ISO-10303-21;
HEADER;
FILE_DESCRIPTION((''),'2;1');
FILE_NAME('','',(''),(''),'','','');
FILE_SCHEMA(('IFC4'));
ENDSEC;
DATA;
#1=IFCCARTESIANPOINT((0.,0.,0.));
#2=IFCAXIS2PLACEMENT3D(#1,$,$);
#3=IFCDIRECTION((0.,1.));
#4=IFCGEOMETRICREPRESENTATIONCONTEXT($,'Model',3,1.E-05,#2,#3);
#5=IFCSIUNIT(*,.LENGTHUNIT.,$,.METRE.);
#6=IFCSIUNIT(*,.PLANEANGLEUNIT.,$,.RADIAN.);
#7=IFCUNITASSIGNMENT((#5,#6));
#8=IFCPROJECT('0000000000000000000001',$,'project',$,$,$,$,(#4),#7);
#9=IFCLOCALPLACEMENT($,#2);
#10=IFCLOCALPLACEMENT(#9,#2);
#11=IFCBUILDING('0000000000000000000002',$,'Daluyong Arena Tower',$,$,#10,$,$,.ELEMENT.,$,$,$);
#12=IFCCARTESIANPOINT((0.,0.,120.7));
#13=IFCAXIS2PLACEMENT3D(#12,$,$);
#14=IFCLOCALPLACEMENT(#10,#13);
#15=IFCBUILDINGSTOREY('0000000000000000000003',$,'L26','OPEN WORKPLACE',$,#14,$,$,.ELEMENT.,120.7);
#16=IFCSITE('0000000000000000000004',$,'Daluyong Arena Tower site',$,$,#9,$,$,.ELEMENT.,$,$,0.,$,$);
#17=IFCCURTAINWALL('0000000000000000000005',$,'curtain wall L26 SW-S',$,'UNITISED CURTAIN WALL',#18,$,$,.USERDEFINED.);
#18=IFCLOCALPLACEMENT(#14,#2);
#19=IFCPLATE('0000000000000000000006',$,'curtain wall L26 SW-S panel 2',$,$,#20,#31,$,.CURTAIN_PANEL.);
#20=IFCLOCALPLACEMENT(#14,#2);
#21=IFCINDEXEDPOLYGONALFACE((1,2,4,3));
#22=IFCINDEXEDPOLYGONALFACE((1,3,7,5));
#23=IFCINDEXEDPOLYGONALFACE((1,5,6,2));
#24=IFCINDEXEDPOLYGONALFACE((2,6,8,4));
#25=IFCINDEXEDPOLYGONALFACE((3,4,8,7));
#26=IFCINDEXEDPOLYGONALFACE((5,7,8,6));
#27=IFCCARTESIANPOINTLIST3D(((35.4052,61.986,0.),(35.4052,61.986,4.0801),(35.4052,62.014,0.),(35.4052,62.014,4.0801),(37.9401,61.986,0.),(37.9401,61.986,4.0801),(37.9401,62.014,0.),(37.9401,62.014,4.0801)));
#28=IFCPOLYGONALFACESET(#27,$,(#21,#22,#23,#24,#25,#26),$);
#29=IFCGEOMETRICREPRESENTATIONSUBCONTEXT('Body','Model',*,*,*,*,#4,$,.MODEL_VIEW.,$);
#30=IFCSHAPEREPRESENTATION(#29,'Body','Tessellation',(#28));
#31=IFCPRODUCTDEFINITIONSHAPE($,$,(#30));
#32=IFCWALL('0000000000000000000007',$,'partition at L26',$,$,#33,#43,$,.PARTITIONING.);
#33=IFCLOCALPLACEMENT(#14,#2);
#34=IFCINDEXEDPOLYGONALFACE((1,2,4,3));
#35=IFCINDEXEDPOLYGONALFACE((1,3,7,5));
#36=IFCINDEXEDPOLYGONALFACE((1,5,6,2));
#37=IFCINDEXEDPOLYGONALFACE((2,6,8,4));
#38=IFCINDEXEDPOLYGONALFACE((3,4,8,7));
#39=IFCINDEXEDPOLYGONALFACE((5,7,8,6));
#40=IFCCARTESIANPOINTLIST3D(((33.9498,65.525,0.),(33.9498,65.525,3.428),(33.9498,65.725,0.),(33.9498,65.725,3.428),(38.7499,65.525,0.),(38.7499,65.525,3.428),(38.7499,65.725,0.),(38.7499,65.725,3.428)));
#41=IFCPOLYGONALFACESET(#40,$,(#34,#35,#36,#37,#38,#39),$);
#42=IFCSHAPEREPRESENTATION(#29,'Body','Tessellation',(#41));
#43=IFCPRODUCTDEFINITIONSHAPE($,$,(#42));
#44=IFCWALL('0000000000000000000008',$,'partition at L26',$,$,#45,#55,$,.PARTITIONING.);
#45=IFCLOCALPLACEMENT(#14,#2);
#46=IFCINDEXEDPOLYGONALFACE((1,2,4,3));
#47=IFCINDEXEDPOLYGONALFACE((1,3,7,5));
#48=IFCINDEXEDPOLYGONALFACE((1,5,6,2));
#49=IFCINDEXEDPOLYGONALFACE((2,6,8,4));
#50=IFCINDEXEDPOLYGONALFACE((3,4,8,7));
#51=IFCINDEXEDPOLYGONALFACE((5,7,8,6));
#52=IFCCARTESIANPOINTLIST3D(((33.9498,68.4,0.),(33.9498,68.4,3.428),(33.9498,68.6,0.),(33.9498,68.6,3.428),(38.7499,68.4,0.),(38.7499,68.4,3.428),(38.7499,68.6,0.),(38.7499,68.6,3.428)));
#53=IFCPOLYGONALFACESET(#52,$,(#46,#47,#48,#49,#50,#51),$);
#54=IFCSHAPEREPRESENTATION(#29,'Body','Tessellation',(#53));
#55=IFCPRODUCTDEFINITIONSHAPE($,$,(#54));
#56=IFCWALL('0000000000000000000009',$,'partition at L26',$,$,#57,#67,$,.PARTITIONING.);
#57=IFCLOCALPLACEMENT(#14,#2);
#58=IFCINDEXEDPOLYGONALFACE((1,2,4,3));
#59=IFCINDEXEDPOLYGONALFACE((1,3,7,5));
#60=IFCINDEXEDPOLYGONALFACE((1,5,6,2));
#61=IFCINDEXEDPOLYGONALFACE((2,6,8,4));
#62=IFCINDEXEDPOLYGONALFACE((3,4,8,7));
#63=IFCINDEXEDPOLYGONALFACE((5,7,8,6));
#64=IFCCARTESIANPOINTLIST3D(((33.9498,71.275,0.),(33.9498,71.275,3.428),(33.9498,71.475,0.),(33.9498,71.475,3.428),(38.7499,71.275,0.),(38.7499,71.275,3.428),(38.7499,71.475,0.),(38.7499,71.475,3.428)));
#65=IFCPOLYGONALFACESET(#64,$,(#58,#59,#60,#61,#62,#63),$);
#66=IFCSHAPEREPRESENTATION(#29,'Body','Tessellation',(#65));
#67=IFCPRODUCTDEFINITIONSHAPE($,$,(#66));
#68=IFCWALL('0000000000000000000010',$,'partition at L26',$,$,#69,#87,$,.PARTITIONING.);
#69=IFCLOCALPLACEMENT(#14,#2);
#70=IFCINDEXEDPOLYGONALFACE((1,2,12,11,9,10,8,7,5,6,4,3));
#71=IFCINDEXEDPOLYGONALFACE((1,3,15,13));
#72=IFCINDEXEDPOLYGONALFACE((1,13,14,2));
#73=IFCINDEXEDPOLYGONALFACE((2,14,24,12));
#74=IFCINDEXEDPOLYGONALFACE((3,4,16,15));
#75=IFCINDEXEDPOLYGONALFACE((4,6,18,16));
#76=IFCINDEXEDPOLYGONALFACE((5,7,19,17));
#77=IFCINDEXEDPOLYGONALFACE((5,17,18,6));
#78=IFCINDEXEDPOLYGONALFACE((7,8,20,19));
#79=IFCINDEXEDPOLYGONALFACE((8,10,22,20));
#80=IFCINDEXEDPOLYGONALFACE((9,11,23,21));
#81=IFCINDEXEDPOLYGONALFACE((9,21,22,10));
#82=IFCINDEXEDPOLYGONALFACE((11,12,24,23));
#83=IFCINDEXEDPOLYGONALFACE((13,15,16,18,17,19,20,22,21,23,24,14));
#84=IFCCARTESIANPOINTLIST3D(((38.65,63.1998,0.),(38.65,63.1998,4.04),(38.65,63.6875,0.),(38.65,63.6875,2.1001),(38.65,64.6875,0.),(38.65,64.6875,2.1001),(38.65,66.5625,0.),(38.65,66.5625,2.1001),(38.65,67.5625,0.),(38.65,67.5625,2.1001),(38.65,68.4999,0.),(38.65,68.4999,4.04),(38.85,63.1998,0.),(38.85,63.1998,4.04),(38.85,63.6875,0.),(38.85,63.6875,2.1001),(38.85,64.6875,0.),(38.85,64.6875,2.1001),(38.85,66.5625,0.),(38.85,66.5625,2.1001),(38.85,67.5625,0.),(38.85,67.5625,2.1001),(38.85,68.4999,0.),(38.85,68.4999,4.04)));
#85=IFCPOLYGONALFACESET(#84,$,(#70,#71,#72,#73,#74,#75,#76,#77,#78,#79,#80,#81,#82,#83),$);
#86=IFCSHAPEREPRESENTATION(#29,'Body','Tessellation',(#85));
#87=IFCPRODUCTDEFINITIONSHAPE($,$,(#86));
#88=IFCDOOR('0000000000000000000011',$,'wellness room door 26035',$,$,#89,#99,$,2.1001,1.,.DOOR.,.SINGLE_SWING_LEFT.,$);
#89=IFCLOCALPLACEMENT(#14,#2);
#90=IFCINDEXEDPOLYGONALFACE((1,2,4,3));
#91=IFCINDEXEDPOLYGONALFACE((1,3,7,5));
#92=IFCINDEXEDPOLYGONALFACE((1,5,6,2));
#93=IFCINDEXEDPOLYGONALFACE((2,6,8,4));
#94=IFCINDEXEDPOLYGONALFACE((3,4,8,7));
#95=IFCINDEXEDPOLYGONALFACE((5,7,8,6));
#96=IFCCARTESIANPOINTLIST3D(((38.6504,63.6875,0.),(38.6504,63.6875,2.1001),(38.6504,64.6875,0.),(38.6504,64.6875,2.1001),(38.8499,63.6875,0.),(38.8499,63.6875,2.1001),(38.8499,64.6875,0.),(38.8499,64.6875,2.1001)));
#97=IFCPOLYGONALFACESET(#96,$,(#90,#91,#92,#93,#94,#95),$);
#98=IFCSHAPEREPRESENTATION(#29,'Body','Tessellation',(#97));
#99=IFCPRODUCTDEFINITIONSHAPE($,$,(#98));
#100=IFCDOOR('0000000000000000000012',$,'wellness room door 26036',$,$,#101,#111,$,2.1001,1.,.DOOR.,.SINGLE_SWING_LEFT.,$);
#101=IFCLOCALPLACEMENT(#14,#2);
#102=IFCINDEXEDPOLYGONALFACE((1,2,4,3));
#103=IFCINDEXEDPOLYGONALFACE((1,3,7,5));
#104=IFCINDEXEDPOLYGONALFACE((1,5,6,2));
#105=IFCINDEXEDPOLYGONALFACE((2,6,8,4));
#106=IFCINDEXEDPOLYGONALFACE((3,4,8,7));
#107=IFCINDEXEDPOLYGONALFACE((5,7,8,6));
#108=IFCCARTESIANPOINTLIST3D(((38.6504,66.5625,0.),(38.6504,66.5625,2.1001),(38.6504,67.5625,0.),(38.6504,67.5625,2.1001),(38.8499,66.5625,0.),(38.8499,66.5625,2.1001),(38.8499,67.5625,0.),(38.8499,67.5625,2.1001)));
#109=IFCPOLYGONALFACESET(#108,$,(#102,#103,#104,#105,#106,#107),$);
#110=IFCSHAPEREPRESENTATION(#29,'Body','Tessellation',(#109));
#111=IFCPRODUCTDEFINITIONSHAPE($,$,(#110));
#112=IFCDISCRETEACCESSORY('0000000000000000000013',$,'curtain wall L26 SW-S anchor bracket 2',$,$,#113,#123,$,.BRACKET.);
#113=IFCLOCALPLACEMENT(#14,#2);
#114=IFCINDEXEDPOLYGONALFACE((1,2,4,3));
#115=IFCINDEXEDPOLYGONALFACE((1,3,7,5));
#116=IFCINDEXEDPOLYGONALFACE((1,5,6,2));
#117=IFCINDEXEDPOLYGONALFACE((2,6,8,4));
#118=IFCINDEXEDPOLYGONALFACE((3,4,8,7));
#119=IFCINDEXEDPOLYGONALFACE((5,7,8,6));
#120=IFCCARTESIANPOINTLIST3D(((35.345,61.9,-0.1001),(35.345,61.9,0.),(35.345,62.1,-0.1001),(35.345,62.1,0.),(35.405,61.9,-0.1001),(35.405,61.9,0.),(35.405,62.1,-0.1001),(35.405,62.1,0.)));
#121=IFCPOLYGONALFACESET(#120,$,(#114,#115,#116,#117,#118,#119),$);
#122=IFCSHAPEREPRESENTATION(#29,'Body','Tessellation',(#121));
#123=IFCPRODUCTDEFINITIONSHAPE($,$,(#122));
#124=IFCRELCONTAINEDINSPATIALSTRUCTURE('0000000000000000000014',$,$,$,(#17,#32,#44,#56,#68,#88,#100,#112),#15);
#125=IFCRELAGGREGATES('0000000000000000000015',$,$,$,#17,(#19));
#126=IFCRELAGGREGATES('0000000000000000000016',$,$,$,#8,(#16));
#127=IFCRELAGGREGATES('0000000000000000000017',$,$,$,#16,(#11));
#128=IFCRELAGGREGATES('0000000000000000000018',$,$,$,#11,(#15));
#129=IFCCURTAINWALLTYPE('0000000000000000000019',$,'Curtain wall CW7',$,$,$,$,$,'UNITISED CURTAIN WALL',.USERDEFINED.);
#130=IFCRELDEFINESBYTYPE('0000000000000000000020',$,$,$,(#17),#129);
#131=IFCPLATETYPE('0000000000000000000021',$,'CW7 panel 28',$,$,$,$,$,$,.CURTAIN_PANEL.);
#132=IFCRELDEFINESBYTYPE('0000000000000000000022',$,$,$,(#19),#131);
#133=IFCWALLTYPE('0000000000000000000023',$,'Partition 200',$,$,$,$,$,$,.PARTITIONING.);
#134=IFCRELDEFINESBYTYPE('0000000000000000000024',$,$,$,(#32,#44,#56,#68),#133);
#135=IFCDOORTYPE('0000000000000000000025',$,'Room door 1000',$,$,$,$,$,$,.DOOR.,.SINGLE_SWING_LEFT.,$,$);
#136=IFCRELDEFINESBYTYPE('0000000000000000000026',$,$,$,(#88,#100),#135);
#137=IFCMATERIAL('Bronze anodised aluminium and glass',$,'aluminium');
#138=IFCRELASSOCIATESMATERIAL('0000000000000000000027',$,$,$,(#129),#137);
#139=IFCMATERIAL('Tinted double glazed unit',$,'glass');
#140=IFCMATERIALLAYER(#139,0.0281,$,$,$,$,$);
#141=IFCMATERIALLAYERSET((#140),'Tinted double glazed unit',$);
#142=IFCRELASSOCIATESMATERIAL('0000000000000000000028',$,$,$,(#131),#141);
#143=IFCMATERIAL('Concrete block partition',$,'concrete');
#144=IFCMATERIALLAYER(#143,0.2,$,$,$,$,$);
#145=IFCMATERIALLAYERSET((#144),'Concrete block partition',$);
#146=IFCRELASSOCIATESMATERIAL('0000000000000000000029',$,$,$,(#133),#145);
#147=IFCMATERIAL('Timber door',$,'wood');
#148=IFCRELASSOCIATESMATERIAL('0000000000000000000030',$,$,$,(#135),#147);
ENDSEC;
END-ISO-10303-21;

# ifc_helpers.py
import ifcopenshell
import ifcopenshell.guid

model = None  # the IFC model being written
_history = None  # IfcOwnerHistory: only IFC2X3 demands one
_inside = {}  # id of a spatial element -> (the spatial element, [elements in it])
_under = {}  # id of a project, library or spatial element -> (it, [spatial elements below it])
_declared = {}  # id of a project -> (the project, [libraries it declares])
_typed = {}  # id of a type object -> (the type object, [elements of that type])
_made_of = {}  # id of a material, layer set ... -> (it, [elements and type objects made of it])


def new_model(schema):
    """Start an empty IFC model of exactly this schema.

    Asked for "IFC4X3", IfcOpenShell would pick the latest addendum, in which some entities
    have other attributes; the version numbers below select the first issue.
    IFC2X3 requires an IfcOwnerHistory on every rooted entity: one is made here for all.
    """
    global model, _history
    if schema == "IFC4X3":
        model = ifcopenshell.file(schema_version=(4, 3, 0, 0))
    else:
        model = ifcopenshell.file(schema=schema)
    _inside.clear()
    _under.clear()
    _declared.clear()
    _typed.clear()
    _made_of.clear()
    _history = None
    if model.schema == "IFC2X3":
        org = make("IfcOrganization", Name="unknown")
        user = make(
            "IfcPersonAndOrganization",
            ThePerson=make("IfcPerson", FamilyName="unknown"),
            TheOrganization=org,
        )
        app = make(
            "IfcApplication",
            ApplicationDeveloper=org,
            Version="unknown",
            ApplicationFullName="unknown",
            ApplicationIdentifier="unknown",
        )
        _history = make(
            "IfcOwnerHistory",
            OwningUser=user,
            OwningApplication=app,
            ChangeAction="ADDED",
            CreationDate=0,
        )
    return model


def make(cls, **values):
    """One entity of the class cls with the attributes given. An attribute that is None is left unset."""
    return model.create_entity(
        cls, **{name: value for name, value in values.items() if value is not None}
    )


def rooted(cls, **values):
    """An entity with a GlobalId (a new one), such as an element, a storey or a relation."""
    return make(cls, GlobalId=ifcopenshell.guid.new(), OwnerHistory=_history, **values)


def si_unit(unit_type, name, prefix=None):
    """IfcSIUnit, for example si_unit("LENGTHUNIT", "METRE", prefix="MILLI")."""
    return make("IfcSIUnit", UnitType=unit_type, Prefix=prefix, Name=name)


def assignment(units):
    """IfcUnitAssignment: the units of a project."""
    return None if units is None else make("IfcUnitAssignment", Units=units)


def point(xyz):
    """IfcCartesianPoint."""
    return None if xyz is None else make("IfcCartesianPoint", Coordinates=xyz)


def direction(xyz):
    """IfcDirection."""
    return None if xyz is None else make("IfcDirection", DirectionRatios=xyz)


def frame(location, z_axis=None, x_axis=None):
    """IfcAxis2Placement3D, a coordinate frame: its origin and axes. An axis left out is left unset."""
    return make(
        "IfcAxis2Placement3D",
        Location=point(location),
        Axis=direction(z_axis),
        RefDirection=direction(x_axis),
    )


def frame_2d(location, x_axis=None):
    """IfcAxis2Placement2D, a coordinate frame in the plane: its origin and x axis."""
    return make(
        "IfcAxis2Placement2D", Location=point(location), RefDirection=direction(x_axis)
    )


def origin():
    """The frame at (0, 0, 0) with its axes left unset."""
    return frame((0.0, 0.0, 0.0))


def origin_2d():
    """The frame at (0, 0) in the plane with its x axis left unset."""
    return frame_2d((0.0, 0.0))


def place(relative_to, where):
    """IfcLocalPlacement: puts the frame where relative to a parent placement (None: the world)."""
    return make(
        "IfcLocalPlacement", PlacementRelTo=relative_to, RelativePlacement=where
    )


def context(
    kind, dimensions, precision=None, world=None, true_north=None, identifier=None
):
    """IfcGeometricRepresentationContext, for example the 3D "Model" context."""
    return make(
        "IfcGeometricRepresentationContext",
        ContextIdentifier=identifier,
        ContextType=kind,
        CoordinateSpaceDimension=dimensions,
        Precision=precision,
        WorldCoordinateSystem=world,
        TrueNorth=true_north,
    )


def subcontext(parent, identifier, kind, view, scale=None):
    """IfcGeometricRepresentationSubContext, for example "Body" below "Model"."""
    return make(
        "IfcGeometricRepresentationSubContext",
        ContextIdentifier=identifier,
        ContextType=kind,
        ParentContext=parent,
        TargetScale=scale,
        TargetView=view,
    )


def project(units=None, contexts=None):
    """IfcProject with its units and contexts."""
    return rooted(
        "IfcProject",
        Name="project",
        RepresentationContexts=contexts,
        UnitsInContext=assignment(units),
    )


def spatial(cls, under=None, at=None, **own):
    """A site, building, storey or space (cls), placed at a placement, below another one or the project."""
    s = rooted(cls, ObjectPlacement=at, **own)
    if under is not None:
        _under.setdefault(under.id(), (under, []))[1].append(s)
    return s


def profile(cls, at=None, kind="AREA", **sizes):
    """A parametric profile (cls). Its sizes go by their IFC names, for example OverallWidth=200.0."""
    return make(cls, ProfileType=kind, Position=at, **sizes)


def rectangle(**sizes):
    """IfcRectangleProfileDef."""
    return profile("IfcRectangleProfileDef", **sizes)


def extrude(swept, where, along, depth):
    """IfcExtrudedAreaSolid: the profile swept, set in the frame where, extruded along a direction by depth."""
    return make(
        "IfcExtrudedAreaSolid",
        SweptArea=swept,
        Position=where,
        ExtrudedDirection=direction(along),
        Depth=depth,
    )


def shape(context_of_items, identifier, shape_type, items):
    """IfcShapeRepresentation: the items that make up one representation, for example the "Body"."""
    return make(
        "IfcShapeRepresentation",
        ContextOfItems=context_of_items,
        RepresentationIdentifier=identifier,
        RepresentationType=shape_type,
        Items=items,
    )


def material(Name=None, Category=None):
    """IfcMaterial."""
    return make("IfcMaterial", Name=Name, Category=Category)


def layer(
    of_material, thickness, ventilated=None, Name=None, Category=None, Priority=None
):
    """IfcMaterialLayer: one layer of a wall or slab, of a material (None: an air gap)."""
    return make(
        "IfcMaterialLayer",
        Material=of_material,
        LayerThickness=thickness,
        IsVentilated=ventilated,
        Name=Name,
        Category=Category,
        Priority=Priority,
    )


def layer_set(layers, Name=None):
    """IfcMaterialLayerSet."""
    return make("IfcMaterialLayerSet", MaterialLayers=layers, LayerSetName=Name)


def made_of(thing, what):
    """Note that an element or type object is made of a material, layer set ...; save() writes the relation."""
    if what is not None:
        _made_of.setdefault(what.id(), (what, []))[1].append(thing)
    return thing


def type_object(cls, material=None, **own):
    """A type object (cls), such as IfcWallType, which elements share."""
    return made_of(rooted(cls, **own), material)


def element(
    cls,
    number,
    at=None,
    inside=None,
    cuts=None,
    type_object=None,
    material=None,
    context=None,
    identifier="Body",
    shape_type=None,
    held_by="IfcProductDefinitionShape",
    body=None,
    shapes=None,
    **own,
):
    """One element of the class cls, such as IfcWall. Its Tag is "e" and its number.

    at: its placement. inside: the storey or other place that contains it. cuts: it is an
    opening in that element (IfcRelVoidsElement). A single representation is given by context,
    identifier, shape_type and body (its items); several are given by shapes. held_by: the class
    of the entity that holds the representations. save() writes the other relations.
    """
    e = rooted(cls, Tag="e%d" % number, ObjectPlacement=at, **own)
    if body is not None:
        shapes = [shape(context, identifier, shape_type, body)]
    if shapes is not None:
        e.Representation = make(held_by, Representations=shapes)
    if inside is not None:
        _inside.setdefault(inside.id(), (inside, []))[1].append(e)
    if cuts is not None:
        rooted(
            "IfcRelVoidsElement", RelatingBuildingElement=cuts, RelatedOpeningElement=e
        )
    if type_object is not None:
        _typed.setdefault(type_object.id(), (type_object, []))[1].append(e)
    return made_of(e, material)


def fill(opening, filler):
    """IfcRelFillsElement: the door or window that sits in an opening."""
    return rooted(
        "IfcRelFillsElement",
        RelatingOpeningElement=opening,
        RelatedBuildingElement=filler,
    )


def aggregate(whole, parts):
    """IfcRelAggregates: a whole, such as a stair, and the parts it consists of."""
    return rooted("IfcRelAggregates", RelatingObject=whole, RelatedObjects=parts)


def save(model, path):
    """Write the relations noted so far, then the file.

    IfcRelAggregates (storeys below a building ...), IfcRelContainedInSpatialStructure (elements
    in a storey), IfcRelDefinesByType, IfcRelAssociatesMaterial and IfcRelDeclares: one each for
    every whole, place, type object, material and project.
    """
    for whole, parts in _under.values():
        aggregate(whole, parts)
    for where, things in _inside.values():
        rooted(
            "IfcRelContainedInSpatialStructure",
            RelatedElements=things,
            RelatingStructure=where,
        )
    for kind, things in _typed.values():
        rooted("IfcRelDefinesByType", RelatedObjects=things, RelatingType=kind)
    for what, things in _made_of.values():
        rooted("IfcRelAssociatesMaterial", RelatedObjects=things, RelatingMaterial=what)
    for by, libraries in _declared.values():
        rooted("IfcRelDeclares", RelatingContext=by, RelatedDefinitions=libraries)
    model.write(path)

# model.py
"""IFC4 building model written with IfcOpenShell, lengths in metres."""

from ifc_helpers import new_model, si_unit, direction, frame, frame_2d, origin, origin_2d, place, context, subcontext, project, spatial, rectangle, extrude, material, layer, layer_set, type_object, element, fill, aggregate, save


model = new_model("IFC4")

# Units and contexts
model_context = context("Model", 3, precision=1e-05, world=origin(), true_north=direction((0.0, 1.0)))
body_context = subcontext(model_context, "Body", "Model", "MODEL_VIEW")
ifc_project = project(units=[si_unit("LENGTHUNIT", "METRE"), si_unit("PLANEANGLEUNIT", "RADIAN")], contexts=[model_context])

# Site, building, storey
site_placement = place(None, origin())
site = spatial("IfcSite", under=ifc_project, at=site_placement, Name="Daluyong Arena Tower site", CompositionType="ELEMENT", RefElevation=0.0)
building_placement = place(site_placement, origin())
building = spatial("IfcBuilding", under=site, at=building_placement, Name="Daluyong Arena Tower", CompositionType="ELEMENT")
storey_placement = place(building_placement, frame((0.0, 0.0, 120.7)))
storey = spatial("IfcBuildingStorey", under=building, at=storey_placement, Name="L26", Description="OPEN WORKPLACE", CompositionType="ELEMENT", Elevation=120.7)

# Curtain wall
ifc_material_1 = material(Name="Bronze anodised aluminium and glass", Category="aluminium")
curtain_wall_type = type_object("IfcCurtainWallType", Name="Curtain wall CW7", ElementType="UNITISED CURTAIN WALL", PredefinedType="USERDEFINED", material=ifc_material_1)
curtain_wall_1_placement = place(storey_placement, origin())
curtain_wall_1 = element("IfcCurtainWall", 1, at=curtain_wall_1_placement, inside=storey, type_object=curtain_wall_type, Name="curtain wall L26 SW-S", ObjectType="UNITISED CURTAIN WALL", PredefinedType="USERDEFINED")

# Plate
ifc_material_2 = material(Name="Tinted double glazed unit", Category="glass")
ifc_layer_1 = layer(ifc_material_2, 0.0281)
ifc_layer_set_1 = layer_set([ifc_layer_1], Name="Tinted double glazed unit")
plate_type = type_object("IfcPlateType", Name="CW7 panel 28", PredefinedType="CURTAIN_PANEL", material=ifc_layer_set_1)
plate_1_placement = place(storey_placement, frame((36.6726, 62.0, 0.0), z_axis=(0.0, 0.0, 1.0), x_axis=(1.0, 0.0, 0.0)))
plate_1 = element("IfcPlate", 2, at=plate_1_placement, type_object=plate_type, Name="curtain wall L26 SW-S panel 2", PredefinedType="CURTAIN_PANEL", context=body_context, shape_type="SweptSolid", body=[
    extrude(rectangle(XDim=2.5349, YDim=0.0281, at=origin_2d()), origin(), (0.0, 0.0, 1.0), 4.0801),
])
aggregate(curtain_wall_1, [plate_1])

# Walls
ifc_material_3 = material(Name="Concrete block partition", Category="concrete")
ifc_layer_2 = layer(ifc_material_3, 0.2)
ifc_layer_set_2 = layer_set([ifc_layer_2], Name="Concrete block partition")
wall_type = type_object("IfcWallType", Name="Partition 200", PredefinedType="PARTITIONING", material=ifc_layer_set_2)
for number, where, z_axis, x_axis, name in (
    (3, (33.95, 65.625, 0.0), (0.0, 0.0, 1.0), (1.0, 0.0, 0.0), "partition at L26"),
    (4, (33.95, 68.5, 0.0), (0.0, 0.0, 1.0), (1.0, 0.0, 0.0), "partition at L26"),
    (5, (33.95, 71.375, 0.0), (0.0, 0.0, 1.0), (1.0, 0.0, 0.0), "partition at L26"),
):
    element("IfcWall", number, at=place(storey_placement, frame(where, z_axis=z_axis, x_axis=x_axis)), inside=storey, type_object=wall_type, Name=name, PredefinedType="PARTITIONING", context=body_context, shape_type="SweptSolid", body=[
        extrude(rectangle(XDim=4.8, YDim=0.2, at=frame_2d((2.3999, 0.0))), origin(), (0.0, 0.0, 1.0), 3.428),
    ])

# Wall, openings, doors
wall_placement = place(storey_placement, frame((38.75, 63.2, 0.0), z_axis=(0.0, 0.0, 1.0), x_axis=(0.0, 1.0, 0.0)))
wall = element("IfcWall", 6, at=wall_placement, inside=storey, type_object=wall_type, Name="partition at L26", PredefinedType="PARTITIONING", context=body_context, shape_type="SweptSolid", body=[
    extrude(rectangle(XDim=5.3, YDim=0.2, at=frame_2d((2.6499, 0.0))), origin(), (0.0, 0.0, 1.0), 4.04),
])
opening_1_placement = place(wall_placement, frame((0.4875, 0.0, 0.0)))
opening_1 = element("IfcOpeningElement", 7, at=opening_1_placement, cuts=wall, PredefinedType="OPENING", context=body_context, shape_type="SweptSolid", body=[
    extrude(rectangle(XDim=1.0, YDim=2.1001, at=frame_2d((0.5, 1.05))), frame((0.0, 0.1099, 0.0), z_axis=(0.0, -1.0, 0.0), x_axis=(1.0, 0.0, 0.0)), (0.0, 0.0, 1.0), 0.22),
])
opening_2_placement = place(wall_placement, frame((3.3625, 0.0, 0.0)))
opening_2 = element("IfcOpeningElement", 8, at=opening_2_placement, cuts=wall, PredefinedType="OPENING", context=body_context, shape_type="SweptSolid", body=[
    extrude(rectangle(XDim=1.0, YDim=2.1001, at=frame_2d((0.5, 1.05))), frame((0.0, 0.1099, 0.0), z_axis=(0.0, -1.0, 0.0), x_axis=(1.0, 0.0, 0.0)), (0.0, 0.0, 1.0), 0.22),
])
ifc_material_4 = material(Name="Timber door", Category="wood")
door_type = type_object("IfcDoorType", Name="Room door 1000", OperationType="SINGLE_SWING_LEFT", PredefinedType="DOOR", material=ifc_material_4)
door_1_placement = place(opening_1_placement, origin())
door_1 = element("IfcDoor", 9, at=door_1_placement, inside=storey, type_object=door_type, Name="wellness room door 26035", OperationType="SINGLE_SWING_LEFT", OverallHeight=2.1001, OverallWidth=1.0, PredefinedType="DOOR", context=body_context, shape_type="SweptSolid", body=[
    extrude(rectangle(XDim=1.0, YDim=2.1001, at=frame_2d((0.5, 1.05))), frame((0.0, 0.0996, 0.0), z_axis=(0.0, -1.0, 0.0), x_axis=(1.0, 0.0, 0.0)), (0.0, 0.0, 1.0), 0.1995),
])
fill(opening_1, door_1)
door_2_placement = place(opening_2_placement, origin())
door_2 = element("IfcDoor", 10, at=door_2_placement, inside=storey, type_object=door_type, Name="wellness room door 26036", OperationType="SINGLE_SWING_LEFT", OverallHeight=2.1001, OverallWidth=1.0, PredefinedType="DOOR", context=body_context, shape_type="SweptSolid", body=[
    extrude(rectangle(XDim=1.0, YDim=2.1001, at=frame_2d((0.5, 1.05))), frame((0.0, 0.0996, 0.0), z_axis=(0.0, -1.0, 0.0), x_axis=(1.0, 0.0, 0.0)), (0.0, 0.0, 1.0), 0.1995),
])
fill(opening_2, door_2)

# Discrete accessory
discrete_accessory_placement = place(storey_placement, frame((35.375, 62.0, -0.1001), z_axis=(0.0, 0.0, 1.0), x_axis=(1.0, 0.0, 0.0)))
element("IfcDiscreteAccessory", 11, at=discrete_accessory_placement, inside=storey, Name="curtain wall L26 SW-S anchor bracket 2", PredefinedType="BRACKET", context=body_context, shape_type="SweptSolid", body=[
    extrude(rectangle(XDim=0.0601, YDim=0.2, at=origin_2d()), origin(), (0.0, 0.0, 1.0), 0.1001),
])

save(model, "model.ifc")
